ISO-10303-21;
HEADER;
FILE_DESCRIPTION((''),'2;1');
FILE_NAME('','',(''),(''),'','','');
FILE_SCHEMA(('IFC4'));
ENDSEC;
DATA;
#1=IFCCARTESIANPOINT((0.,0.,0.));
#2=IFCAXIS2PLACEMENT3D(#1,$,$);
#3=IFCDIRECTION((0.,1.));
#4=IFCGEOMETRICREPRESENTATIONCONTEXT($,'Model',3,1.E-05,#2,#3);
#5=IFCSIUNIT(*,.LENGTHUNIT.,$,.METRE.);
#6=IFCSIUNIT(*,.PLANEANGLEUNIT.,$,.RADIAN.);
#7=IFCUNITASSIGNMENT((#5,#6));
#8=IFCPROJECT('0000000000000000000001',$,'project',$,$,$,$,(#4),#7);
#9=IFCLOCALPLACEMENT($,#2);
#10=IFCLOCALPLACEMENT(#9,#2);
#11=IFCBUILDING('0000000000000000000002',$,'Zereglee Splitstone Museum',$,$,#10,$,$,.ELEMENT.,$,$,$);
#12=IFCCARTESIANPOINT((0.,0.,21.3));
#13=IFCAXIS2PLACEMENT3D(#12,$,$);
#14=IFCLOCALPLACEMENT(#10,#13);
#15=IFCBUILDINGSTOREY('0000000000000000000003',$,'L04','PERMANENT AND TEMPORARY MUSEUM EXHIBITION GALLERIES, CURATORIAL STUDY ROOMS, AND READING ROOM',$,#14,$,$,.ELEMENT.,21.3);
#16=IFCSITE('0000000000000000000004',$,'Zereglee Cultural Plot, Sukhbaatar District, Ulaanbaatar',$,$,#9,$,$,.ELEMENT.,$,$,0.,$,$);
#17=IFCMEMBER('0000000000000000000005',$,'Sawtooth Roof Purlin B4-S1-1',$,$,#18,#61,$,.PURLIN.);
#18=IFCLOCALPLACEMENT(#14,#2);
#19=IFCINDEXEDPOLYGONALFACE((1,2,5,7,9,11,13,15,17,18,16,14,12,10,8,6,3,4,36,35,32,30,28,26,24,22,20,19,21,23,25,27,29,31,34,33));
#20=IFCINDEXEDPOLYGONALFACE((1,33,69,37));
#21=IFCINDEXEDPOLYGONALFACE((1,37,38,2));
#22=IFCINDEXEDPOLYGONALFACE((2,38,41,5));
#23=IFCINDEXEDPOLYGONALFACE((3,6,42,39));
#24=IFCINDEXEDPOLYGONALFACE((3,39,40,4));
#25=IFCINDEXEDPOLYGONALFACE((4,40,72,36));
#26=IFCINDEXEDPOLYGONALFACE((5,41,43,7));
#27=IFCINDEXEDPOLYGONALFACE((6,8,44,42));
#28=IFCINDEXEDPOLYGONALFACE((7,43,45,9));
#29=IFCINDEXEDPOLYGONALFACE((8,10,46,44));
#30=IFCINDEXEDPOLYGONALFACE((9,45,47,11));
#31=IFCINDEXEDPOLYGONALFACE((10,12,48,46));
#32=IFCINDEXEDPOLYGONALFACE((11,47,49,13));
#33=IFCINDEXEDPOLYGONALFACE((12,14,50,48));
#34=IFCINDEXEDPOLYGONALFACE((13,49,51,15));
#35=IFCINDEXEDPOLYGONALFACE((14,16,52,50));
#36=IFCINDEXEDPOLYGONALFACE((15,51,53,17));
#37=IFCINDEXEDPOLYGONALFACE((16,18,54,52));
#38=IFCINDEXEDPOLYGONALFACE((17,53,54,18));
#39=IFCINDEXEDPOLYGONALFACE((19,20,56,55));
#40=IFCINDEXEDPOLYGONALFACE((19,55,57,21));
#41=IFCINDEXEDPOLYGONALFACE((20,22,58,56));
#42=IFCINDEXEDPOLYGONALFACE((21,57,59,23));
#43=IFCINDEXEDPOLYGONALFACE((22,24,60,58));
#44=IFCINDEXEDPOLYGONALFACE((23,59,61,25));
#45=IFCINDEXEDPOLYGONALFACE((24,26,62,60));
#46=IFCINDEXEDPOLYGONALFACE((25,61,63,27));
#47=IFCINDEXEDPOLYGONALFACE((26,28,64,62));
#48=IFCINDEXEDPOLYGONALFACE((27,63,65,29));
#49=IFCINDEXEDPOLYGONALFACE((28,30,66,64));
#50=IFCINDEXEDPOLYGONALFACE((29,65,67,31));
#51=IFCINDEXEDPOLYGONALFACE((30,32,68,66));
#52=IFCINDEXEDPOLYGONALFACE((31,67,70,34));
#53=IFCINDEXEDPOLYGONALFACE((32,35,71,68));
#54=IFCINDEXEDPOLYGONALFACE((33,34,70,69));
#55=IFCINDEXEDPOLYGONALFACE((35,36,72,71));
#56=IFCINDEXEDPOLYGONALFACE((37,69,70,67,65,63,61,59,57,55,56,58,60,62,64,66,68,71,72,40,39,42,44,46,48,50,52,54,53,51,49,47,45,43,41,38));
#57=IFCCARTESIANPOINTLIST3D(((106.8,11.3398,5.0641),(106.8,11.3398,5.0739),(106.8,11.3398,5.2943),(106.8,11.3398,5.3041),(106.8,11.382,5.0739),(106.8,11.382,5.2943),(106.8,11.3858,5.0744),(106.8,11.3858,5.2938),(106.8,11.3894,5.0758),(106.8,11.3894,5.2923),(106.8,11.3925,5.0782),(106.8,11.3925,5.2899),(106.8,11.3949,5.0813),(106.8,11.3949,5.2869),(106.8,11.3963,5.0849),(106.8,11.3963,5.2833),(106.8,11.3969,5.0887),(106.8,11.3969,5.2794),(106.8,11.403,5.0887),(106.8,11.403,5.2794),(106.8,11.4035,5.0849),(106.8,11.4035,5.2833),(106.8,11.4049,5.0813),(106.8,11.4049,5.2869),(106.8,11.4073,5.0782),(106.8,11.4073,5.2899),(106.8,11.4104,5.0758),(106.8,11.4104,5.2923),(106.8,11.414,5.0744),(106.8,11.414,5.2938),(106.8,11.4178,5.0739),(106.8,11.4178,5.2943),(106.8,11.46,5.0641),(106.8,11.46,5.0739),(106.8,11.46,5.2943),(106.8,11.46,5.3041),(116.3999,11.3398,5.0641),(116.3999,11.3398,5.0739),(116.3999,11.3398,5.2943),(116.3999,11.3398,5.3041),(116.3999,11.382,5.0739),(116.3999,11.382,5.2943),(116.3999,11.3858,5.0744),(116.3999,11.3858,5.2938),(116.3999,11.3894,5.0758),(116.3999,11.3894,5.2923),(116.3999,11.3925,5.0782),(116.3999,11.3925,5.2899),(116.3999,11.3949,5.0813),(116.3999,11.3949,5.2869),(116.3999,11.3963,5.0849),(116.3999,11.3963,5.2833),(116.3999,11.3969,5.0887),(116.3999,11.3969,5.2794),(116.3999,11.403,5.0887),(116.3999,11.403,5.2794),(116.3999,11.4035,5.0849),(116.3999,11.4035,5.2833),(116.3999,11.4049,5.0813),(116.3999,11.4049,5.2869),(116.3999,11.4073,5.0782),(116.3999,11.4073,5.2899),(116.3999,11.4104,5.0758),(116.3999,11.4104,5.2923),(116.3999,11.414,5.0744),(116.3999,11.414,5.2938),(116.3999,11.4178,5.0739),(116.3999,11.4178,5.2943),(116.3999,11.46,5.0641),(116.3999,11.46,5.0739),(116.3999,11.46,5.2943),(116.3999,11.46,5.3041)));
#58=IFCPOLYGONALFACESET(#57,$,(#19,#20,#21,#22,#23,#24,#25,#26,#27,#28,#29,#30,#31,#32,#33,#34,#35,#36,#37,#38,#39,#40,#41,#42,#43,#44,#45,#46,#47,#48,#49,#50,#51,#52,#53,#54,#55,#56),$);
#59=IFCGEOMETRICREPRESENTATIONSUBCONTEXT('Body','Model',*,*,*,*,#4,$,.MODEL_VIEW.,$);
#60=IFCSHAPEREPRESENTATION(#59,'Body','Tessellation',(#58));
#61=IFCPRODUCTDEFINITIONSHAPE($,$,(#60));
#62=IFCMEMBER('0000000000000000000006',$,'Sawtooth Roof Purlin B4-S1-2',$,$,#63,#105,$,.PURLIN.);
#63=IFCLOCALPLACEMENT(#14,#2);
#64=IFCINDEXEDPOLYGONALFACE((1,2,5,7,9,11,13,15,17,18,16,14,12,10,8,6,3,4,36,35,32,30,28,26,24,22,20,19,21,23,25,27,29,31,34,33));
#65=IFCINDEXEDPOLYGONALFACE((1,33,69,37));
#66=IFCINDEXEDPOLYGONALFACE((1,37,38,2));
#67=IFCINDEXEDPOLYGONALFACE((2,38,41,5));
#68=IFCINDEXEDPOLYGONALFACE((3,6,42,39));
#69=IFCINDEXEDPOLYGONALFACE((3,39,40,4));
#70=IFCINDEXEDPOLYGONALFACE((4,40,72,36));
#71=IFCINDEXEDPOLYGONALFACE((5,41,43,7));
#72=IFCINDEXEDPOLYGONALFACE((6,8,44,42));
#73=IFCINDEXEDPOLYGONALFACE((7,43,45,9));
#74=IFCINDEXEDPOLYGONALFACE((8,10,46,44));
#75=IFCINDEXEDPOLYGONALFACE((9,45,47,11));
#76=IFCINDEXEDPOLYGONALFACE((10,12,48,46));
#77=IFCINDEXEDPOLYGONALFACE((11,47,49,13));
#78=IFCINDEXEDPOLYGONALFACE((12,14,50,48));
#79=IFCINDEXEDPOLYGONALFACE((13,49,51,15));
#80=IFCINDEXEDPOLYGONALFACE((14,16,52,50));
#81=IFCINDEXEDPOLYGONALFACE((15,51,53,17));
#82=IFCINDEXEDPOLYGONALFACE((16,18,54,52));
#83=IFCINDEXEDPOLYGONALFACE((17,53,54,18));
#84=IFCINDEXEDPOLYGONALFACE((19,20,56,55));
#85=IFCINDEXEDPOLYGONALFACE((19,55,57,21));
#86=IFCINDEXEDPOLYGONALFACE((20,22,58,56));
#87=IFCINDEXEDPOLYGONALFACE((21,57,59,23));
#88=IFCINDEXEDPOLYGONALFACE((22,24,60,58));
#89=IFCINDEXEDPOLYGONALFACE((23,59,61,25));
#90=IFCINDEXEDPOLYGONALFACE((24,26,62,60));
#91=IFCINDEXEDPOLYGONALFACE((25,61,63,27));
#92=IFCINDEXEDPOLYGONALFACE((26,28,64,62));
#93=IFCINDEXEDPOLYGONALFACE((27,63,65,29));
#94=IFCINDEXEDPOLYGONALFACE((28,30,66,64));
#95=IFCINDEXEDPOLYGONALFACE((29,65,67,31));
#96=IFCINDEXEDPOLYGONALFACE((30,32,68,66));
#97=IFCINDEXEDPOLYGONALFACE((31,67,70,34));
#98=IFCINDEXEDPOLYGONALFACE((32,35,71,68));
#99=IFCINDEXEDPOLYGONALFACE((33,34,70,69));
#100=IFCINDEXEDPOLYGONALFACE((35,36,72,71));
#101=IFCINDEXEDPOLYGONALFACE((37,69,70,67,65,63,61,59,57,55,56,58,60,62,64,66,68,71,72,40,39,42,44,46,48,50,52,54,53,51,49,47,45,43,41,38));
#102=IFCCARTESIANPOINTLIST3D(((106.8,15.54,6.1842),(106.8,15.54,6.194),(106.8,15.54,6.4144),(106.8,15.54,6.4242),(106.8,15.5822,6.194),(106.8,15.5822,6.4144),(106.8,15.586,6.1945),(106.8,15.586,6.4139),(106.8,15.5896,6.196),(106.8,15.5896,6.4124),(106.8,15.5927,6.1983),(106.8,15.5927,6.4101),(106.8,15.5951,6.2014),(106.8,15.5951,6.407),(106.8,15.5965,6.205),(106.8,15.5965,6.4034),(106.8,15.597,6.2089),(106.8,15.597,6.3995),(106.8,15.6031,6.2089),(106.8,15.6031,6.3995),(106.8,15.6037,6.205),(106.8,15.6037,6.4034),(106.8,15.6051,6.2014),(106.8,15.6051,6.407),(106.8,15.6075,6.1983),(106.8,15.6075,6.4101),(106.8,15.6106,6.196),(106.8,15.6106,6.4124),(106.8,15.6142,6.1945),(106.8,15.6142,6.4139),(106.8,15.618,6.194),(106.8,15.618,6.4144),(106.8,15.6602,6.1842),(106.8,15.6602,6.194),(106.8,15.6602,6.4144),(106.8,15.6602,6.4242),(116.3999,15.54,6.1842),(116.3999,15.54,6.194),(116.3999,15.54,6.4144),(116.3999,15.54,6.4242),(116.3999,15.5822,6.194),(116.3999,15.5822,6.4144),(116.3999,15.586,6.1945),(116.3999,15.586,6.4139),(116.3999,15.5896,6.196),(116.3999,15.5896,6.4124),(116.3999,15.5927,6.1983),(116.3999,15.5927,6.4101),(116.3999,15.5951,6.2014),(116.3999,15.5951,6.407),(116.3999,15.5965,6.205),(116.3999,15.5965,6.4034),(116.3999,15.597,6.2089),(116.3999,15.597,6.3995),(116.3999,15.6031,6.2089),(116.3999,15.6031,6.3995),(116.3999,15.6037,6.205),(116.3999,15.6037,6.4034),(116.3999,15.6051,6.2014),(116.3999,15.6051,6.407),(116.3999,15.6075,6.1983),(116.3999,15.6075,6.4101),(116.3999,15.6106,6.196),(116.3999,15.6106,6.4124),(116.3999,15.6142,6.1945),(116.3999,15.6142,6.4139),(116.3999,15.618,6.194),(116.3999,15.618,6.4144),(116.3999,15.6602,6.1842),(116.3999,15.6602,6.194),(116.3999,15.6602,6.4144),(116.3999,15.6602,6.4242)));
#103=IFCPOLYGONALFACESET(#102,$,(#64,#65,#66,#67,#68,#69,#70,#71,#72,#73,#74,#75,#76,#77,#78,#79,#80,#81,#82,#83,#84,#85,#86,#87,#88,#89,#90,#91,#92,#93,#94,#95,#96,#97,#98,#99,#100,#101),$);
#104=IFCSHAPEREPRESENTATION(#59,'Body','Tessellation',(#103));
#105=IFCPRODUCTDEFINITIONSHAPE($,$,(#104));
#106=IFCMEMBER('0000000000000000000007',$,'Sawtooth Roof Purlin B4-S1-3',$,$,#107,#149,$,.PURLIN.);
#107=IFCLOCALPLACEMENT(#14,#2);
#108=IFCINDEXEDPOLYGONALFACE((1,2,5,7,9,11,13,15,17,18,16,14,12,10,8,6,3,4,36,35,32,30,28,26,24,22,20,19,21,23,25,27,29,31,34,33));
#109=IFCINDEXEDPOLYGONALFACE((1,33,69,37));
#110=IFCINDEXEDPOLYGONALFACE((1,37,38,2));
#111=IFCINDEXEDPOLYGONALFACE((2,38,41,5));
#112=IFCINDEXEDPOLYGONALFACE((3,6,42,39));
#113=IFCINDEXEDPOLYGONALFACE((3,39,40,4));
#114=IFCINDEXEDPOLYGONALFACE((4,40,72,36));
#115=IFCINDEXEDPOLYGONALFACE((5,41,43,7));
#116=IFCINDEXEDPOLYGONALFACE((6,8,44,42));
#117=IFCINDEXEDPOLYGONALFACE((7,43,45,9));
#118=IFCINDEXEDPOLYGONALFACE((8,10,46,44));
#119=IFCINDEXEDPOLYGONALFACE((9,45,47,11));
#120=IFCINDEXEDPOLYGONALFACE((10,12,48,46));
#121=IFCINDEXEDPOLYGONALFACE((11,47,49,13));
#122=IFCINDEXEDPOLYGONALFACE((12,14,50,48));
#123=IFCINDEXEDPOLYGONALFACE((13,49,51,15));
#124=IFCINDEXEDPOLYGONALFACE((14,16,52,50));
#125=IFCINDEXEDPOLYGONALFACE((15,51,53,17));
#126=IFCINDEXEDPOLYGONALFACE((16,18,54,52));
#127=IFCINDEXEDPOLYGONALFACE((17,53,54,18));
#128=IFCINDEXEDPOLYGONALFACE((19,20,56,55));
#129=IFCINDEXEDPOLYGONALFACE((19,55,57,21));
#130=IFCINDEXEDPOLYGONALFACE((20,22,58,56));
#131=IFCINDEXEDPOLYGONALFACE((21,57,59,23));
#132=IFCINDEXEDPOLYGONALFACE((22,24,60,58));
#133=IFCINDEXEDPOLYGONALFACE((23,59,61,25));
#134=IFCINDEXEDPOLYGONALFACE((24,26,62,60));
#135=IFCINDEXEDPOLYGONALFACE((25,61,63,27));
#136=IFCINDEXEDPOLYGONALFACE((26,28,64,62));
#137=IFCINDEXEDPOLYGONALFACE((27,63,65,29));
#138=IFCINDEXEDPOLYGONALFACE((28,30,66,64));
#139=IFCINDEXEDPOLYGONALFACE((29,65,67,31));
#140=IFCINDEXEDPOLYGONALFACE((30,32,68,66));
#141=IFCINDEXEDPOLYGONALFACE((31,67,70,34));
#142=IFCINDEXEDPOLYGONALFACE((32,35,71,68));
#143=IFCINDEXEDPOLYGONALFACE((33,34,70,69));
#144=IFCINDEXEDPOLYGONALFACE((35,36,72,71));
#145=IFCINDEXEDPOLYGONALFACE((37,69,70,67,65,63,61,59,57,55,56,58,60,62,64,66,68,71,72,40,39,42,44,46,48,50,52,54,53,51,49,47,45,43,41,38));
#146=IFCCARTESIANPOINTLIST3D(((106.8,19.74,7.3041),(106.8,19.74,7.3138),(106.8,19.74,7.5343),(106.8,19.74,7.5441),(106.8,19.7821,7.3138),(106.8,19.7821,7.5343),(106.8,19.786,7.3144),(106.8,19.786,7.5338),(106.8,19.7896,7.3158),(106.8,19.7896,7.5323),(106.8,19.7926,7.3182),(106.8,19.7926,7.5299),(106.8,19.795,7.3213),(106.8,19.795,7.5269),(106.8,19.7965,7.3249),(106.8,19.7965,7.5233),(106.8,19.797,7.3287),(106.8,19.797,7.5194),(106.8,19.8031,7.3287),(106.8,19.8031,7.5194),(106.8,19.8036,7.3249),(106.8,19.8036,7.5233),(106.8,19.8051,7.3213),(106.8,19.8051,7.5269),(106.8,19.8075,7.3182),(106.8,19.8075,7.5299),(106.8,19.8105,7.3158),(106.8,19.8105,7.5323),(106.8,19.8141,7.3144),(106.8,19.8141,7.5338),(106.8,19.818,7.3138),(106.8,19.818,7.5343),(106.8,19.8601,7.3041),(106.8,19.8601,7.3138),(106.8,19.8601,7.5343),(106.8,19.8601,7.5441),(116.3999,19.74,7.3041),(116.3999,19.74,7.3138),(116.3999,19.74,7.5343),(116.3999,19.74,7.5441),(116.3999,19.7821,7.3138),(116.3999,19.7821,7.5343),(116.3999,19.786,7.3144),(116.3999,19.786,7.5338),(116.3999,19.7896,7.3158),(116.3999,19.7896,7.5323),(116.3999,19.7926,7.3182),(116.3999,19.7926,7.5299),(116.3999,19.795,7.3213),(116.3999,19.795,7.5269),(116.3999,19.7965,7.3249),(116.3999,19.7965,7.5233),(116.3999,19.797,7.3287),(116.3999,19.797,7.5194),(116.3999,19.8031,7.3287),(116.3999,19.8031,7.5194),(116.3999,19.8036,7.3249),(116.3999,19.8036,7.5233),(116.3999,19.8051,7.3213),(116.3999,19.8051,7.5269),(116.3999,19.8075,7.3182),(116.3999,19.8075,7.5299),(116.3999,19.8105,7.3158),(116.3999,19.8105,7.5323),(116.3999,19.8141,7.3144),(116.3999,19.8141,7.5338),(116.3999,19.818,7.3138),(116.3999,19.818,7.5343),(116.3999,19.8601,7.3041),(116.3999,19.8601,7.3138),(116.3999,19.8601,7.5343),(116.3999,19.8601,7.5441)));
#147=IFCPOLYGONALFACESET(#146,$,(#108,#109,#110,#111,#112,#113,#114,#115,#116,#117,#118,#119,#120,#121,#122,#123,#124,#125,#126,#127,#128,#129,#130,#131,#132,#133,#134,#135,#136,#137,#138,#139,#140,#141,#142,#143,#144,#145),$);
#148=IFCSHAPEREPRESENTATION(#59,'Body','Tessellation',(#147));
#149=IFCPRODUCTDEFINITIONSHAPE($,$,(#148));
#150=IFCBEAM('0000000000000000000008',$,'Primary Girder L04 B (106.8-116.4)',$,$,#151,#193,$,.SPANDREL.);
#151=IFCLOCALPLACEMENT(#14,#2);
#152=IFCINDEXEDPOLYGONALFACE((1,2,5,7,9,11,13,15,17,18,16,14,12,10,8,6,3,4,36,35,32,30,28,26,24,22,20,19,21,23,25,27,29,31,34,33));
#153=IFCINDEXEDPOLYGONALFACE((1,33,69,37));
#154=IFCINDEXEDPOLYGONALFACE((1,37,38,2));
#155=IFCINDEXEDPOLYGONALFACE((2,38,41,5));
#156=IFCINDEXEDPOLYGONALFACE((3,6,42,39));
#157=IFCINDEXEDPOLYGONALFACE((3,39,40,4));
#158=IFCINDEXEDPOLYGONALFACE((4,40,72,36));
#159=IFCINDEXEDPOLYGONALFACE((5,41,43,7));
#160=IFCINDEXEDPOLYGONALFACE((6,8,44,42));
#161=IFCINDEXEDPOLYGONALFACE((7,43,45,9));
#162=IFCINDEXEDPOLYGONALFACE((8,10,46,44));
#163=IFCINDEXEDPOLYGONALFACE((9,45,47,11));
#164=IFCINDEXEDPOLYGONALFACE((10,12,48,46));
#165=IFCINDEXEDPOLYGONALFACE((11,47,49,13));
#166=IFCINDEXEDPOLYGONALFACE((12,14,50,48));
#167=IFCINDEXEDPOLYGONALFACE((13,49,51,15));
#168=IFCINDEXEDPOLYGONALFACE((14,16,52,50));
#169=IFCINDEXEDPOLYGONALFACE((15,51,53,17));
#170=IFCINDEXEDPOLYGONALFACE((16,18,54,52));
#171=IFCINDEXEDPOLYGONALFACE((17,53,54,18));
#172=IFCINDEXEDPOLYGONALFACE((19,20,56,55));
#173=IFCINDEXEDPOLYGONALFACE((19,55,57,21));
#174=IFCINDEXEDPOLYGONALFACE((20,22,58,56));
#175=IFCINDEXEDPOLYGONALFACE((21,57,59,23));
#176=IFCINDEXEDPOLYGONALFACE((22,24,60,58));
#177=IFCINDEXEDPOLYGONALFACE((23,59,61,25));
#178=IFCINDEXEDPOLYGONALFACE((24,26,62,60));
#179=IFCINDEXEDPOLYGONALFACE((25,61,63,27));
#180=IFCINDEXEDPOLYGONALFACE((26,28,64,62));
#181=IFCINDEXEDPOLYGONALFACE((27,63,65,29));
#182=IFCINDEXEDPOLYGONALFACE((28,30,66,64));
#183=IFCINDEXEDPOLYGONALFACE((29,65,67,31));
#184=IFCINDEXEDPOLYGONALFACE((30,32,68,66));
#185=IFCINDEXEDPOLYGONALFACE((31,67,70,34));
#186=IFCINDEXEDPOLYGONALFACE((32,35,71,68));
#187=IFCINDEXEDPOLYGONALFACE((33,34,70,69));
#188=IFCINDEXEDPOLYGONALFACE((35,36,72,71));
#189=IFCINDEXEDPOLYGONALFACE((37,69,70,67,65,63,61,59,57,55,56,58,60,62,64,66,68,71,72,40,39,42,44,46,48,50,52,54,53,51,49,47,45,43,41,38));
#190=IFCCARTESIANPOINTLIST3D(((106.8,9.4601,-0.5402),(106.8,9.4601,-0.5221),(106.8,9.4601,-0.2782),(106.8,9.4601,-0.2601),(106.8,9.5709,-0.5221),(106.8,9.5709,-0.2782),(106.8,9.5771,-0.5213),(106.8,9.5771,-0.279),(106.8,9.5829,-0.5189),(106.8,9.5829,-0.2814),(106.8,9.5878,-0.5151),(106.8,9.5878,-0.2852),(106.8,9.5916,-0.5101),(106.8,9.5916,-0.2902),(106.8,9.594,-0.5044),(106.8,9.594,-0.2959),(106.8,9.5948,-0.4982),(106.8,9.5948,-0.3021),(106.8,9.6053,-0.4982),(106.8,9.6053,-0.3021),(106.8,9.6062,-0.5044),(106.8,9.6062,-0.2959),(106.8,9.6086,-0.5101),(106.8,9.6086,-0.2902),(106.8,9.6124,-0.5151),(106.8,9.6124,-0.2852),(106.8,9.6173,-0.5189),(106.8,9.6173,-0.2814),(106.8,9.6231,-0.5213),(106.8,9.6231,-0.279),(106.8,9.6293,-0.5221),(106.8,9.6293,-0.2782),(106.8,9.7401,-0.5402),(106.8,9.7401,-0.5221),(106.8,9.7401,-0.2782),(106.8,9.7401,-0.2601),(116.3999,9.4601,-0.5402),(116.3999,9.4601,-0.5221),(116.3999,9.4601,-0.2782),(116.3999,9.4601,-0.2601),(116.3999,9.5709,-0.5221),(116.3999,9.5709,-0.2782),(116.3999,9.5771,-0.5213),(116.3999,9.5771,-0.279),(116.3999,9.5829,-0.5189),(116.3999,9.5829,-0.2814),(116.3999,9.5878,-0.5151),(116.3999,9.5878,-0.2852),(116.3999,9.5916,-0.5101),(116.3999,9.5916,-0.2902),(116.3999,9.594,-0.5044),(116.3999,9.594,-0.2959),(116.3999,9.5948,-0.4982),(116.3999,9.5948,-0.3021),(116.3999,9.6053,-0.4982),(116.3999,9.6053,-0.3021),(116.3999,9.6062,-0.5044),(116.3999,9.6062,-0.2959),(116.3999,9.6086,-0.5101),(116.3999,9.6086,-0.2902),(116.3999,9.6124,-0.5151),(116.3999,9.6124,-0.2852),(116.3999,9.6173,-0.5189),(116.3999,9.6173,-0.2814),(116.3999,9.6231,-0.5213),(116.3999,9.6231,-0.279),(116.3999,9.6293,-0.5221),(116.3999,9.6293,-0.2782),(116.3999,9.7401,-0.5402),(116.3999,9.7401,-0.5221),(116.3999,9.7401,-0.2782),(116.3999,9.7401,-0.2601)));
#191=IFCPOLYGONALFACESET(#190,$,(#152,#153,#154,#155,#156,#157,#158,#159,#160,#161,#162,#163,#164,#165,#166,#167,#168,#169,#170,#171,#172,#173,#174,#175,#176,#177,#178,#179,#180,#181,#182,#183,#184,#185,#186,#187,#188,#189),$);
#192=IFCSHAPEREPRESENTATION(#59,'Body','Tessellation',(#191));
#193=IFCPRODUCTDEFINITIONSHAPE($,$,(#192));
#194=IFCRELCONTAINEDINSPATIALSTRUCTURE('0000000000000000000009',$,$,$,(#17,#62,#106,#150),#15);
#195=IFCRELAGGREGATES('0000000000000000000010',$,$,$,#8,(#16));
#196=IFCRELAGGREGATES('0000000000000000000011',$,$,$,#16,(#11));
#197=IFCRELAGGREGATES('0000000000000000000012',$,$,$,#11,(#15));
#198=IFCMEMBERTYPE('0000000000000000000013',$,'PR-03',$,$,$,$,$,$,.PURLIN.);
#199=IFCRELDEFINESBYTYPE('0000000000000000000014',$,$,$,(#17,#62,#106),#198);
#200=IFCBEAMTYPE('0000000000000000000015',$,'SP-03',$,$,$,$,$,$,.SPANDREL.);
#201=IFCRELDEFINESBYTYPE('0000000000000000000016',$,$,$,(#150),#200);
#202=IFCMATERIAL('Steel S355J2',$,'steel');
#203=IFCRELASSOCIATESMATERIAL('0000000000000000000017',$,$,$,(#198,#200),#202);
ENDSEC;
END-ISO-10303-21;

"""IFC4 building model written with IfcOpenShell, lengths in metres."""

from ifc_helpers import new_model, si_unit, direction, frame, origin, origin_2d, place, context, subcontext, project, spatial, i_section, extrude, material, material_profile, profile_set, type_object, element, save


model = new_model("IFC4")

# Units and contexts
model_context = context("Model", 3, precision=1e-05, world=origin(), true_north=direction((0.0, 1.0)))
body_context = subcontext(model_context, "Body", "Model", "MODEL_VIEW")
ifc_project = project(units=[si_unit("LENGTHUNIT", "METRE"), si_unit("PLANEANGLEUNIT", "RADIAN")], contexts=[model_context])

# Site, building, storey
site_placement = place(None, origin())
site = spatial("IfcSite", under=ifc_project, at=site_placement, Name="Zereglee Cultural Plot, Sukhbaatar District, Ulaanbaatar", CompositionType="ELEMENT", RefElevation=0.0)
building_placement = place(site_placement, origin())
building = spatial("IfcBuilding", under=site, at=building_placement, Name="Zereglee Splitstone Museum", CompositionType="ELEMENT")
storey_placement = place(building_placement, frame((0.0, 0.0, 21.3)))
storey = spatial("IfcBuildingStorey", under=building, at=storey_placement, Name="L04", Description="PERMANENT AND TEMPORARY MUSEUM EXHIBITION GALLERIES, CURATORIAL STUDY ROOMS, AND READING ROOM", CompositionType="ELEMENT", Elevation=21.3)

# Shared definitions
ifc_material_1 = material(Name="Steel S355J2", Category="steel")

# Members
ifc_material_profile_1 = material_profile(ifc_material_1, i_section(OverallWidth=0.1201, OverallDepth=0.24, WebThickness=0.0061, FlangeThickness=0.0098, FilletRadius=0.0149, at=origin_2d()), Name="IPE 240")
ifc_profile_set_1 = profile_set([ifc_material_profile_1], Name="Steel S355J2")
member_type_1 = type_object("IfcMemberType", Name="PR-03", PredefinedType="PURLIN", material=ifc_profile_set_1)
for number, where, z_axis, x_axis, name in (
    (1, (106.8, 11.3999, 5.1841), (1.0, 0.0, 0.0), (0.0, 1.0, 0.0), "Sawtooth Roof Purlin B4-S1-1"),
    (2, (106.8, 15.6001, 6.3042), (1.0, 0.0, 0.0), (0.0, 1.0, 0.0), "Sawtooth Roof Purlin B4-S1-2"),
    (3, (106.8, 19.8, 7.4241), (1.0, 0.0, 0.0), (0.0, 1.0, 0.0), "Sawtooth Roof Purlin B4-S1-3"),
):
    element("IfcMember", number, at=place(storey_placement, frame(where, z_axis=z_axis, x_axis=x_axis)), inside=storey, type_object=member_type_1, Name=name, PredefinedType="PURLIN", context=body_context, shape_type="SweptSolid", body=[
        extrude(i_section(OverallWidth=0.1201, OverallDepth=0.24, WebThickness=0.0061, FlangeThickness=0.0098, FilletRadius=0.0149, at=origin_2d()), origin(), (0.0, 0.0, 1.0), 9.5999),
    ])

# Beam
ifc_material_profile_2 = material_profile(ifc_material_1, i_section(OverallWidth=0.28, OverallDepth=0.28, WebThickness=0.0105, FlangeThickness=0.0181, FilletRadius=0.0239, at=origin_2d()), Name="HE 280 B")
ifc_profile_set_2 = profile_set([ifc_material_profile_2], Name="Steel S355J2")
beam_type_1 = type_object("IfcBeamType", Name="SP-03", PredefinedType="SPANDREL", material=ifc_profile_set_2)
beam_1_placement = place(storey_placement, frame((106.8, 9.6001, -0.4001), z_axis=(1.0, 0.0, 0.0), x_axis=(0.0, 1.0, 0.0)))
element("IfcBeam", 4, at=beam_1_placement, inside=storey, type_object=beam_type_1, Name="Primary Girder L04 B (106.8-116.4)", PredefinedType="SPANDREL", context=body_context, shape_type="SweptSolid", body=[
    extrude(i_section(OverallWidth=0.28, OverallDepth=0.28, WebThickness=0.0105, FlangeThickness=0.0181, FilletRadius=0.0239, at=origin_2d()), origin(), (0.0, 0.0, 1.0), 9.5999),
])

save(model, "model.ifc")
